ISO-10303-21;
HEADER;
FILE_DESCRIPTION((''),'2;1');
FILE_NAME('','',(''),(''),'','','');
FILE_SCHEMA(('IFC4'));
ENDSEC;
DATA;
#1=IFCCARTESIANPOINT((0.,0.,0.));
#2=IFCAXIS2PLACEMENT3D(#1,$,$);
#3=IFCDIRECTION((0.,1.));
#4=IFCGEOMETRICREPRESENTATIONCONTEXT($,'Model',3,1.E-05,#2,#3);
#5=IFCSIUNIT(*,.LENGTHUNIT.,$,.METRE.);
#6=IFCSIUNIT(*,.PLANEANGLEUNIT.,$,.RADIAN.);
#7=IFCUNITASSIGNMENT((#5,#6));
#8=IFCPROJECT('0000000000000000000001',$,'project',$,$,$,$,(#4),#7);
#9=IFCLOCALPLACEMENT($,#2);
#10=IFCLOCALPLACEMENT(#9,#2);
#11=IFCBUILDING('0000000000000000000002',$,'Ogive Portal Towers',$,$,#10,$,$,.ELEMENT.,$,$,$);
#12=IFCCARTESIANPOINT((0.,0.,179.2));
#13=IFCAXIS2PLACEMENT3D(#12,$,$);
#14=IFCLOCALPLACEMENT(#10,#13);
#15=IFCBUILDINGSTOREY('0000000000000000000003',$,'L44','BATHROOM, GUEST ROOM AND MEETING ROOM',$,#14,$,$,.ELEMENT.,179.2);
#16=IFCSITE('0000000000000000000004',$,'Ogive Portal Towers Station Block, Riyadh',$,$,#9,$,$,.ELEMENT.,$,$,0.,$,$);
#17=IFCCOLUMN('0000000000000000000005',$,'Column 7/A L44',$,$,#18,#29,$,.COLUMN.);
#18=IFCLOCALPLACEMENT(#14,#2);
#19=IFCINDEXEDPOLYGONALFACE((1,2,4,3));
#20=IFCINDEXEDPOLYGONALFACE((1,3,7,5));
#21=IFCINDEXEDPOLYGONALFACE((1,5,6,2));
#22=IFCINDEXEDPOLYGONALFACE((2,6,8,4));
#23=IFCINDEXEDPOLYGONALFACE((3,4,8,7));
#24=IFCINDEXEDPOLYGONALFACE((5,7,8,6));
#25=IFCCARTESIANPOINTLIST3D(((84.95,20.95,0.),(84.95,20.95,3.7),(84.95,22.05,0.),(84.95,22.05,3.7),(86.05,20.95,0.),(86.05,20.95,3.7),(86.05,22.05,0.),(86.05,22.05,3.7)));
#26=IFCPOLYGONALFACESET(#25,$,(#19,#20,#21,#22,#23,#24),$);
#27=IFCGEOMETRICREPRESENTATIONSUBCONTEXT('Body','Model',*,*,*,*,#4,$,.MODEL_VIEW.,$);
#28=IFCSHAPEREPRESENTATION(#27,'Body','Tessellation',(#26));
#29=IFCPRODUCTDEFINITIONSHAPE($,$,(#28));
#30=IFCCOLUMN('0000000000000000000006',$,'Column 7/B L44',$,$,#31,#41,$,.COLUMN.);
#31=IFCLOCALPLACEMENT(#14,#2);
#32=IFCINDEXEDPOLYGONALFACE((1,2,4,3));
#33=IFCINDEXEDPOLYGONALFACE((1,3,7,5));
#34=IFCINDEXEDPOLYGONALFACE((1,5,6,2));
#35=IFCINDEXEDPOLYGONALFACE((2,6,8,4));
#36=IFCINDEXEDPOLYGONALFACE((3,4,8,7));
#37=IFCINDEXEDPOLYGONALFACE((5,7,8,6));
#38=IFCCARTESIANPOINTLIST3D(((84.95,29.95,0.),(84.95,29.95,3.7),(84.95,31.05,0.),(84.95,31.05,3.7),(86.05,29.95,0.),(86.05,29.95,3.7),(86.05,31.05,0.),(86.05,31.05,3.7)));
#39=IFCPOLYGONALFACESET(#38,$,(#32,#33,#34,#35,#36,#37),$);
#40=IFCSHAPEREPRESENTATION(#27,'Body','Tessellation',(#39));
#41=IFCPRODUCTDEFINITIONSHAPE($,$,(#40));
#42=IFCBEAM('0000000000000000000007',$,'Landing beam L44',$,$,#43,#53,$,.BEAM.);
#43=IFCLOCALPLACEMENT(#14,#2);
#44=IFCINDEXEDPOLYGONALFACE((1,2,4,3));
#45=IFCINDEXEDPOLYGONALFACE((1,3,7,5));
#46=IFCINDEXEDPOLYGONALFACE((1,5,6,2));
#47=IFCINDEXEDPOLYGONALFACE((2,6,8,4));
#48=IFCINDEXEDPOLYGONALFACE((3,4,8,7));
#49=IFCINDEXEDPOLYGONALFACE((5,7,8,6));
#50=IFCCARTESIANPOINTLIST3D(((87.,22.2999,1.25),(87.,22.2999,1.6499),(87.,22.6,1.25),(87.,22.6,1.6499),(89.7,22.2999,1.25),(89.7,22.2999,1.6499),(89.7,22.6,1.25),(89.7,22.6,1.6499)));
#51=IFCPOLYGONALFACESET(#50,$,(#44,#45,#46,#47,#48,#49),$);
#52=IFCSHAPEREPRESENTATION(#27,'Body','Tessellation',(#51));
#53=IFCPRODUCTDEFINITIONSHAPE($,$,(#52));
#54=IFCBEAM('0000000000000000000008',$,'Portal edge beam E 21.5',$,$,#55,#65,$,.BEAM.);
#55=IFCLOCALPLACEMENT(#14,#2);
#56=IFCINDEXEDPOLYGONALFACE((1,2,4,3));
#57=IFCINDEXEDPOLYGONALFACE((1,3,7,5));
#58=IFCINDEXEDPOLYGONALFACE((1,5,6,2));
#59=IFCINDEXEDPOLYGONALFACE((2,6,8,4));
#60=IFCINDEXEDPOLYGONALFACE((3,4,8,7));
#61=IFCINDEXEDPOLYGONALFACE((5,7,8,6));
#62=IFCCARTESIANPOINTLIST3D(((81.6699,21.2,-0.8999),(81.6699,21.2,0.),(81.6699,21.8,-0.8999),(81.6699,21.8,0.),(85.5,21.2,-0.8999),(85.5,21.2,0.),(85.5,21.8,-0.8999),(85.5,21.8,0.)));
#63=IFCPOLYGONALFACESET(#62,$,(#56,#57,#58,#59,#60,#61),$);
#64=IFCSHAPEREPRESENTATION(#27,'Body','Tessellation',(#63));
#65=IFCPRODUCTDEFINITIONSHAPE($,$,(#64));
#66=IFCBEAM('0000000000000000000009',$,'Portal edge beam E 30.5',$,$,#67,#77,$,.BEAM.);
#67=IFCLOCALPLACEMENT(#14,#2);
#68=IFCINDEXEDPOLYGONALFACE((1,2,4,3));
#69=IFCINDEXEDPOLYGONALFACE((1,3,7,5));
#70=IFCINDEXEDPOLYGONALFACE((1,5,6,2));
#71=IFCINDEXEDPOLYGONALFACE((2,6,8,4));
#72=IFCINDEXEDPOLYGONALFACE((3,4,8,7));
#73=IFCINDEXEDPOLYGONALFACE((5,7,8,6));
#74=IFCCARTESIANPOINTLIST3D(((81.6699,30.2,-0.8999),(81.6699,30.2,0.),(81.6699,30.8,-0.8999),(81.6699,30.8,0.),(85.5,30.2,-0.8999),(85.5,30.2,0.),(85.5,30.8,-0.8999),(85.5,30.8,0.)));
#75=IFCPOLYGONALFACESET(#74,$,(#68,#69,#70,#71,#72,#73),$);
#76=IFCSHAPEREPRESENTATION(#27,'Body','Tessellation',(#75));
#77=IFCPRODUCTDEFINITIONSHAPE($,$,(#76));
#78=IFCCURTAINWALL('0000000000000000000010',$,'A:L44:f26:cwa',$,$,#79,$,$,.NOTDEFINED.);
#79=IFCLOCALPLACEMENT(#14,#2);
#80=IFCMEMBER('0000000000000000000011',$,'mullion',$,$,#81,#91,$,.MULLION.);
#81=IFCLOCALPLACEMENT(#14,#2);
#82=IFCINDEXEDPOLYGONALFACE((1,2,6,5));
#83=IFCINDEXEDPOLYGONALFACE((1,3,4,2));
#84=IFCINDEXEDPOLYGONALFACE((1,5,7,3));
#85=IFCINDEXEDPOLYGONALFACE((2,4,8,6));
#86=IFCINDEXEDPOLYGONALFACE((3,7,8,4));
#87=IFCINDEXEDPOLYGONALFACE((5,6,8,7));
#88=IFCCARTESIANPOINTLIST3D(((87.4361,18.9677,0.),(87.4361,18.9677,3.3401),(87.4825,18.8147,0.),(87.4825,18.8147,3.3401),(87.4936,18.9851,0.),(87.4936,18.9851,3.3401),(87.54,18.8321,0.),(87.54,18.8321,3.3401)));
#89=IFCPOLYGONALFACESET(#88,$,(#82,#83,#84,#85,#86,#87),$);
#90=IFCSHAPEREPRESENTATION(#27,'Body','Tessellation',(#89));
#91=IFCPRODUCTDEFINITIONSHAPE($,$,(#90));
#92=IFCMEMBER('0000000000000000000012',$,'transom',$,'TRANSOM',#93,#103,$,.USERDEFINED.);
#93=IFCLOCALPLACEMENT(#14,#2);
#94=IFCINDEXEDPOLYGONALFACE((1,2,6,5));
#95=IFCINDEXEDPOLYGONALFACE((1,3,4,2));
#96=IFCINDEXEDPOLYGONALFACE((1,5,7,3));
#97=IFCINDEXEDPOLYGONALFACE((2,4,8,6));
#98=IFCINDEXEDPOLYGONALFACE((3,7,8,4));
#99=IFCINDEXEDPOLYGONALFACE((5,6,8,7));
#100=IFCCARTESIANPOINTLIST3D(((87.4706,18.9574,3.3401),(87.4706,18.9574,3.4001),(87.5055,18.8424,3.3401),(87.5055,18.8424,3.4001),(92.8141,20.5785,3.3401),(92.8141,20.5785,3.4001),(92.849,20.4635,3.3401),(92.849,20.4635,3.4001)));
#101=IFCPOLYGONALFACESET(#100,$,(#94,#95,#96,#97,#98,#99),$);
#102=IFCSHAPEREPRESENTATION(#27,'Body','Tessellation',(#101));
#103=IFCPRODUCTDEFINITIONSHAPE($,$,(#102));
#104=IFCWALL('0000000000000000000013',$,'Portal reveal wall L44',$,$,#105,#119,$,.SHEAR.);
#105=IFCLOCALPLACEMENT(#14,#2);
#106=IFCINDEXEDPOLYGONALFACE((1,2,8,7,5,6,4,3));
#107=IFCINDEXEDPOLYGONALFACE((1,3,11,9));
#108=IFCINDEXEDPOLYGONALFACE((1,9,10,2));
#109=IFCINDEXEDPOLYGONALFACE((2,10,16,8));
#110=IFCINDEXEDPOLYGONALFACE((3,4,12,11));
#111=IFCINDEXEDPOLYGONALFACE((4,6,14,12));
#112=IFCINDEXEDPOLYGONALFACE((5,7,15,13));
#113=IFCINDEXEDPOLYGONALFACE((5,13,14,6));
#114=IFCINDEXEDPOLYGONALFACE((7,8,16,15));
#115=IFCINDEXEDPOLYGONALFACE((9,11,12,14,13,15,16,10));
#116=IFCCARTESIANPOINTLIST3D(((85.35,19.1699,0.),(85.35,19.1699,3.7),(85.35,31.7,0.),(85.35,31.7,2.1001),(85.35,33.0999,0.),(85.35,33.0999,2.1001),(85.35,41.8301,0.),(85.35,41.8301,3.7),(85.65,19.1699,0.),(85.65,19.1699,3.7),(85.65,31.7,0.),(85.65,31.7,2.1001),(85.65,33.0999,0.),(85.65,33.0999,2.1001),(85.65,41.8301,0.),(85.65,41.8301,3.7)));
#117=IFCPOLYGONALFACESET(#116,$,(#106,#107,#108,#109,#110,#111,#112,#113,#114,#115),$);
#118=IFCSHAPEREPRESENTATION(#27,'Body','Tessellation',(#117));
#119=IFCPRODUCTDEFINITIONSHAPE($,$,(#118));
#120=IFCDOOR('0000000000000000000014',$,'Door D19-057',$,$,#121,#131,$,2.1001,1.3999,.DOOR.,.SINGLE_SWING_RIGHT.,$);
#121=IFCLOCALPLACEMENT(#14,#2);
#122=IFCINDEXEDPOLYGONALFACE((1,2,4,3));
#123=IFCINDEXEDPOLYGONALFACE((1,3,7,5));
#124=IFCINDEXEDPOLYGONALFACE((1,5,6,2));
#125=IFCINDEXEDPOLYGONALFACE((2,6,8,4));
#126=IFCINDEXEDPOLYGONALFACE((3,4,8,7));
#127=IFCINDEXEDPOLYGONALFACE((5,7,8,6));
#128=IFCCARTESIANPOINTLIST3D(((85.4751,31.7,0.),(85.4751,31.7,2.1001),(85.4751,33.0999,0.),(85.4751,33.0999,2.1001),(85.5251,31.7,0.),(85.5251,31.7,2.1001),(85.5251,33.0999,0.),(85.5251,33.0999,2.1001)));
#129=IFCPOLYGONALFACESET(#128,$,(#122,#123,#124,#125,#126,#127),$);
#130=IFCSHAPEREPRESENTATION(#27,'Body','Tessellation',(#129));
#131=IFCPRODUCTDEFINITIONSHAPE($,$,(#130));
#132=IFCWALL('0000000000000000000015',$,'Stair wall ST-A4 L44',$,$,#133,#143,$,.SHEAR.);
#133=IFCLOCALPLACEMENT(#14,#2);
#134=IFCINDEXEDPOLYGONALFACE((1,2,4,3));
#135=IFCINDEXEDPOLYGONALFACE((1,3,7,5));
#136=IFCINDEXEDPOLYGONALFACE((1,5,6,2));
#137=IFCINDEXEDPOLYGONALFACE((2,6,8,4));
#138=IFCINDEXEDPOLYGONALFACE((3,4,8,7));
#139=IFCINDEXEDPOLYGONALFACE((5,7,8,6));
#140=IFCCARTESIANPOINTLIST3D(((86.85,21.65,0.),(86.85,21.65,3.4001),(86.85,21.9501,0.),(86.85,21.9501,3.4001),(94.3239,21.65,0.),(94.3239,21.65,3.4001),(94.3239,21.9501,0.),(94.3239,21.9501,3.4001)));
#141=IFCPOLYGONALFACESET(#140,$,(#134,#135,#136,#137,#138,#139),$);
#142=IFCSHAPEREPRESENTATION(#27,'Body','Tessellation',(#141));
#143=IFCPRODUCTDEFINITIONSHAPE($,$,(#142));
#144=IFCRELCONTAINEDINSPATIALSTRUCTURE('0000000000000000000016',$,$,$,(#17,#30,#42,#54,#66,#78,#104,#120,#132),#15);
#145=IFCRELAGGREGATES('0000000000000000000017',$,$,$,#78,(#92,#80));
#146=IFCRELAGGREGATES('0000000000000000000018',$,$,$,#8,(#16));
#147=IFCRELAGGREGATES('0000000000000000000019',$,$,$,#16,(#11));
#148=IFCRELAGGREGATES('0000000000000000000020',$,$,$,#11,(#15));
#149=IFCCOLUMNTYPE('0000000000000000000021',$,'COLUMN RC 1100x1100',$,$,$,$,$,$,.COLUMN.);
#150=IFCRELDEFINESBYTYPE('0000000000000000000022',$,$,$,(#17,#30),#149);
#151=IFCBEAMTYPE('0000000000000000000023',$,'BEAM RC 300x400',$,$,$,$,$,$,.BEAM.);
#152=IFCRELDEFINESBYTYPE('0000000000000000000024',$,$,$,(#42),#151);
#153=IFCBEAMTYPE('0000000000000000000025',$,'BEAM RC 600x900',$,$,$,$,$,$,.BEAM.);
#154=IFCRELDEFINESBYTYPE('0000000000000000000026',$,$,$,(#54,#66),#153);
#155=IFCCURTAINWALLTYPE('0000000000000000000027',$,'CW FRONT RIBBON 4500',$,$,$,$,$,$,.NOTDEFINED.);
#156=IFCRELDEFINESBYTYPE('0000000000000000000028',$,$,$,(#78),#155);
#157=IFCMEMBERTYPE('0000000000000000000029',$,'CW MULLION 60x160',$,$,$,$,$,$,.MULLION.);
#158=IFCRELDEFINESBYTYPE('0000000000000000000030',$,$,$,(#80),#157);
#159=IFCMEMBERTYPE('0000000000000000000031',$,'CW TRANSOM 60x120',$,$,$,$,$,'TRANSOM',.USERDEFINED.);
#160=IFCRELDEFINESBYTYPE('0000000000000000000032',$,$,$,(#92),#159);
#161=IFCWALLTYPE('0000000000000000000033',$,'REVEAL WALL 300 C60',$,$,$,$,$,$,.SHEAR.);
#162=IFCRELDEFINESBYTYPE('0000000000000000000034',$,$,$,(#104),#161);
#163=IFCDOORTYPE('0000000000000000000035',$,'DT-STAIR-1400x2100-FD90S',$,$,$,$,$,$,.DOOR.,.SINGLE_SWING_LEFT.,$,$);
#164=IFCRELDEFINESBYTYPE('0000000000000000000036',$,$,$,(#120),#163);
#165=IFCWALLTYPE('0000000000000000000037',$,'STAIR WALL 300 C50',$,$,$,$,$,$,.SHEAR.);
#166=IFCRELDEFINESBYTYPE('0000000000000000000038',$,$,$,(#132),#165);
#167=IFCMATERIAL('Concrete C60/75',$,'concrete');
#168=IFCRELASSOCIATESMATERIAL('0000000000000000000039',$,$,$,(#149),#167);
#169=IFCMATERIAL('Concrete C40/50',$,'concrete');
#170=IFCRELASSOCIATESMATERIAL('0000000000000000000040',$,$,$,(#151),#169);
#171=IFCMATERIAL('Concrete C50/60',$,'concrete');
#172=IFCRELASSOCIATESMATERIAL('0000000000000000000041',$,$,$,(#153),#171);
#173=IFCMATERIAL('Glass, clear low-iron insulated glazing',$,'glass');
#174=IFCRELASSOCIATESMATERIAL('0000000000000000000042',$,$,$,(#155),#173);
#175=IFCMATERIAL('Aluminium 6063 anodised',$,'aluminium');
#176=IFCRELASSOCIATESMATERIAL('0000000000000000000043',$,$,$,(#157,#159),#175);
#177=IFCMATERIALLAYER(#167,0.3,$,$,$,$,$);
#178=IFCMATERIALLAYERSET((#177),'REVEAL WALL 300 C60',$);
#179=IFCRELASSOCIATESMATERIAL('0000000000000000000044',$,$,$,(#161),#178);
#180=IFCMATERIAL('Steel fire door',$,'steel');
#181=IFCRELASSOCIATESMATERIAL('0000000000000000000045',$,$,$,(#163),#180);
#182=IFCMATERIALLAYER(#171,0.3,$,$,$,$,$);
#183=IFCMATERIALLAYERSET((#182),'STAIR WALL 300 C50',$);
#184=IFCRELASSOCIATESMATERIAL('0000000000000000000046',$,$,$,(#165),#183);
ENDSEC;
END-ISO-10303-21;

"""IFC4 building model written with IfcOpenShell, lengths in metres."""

from ifc_helpers import new_model, si_unit, direction, frame, frame_2d, origin, origin_2d, place, context, subcontext, project, spatial, rectangle, extrude, material, layer, layer_set, material_profile, profile_set, type_object, element, fill, aggregate, save


model = new_model("IFC4")

# Units and contexts
model_context = context("Model", 3, precision=1e-05, world=origin(), true_north=direction((0.0, 1.0)))
body_context = subcontext(model_context, "Body", "Model", "MODEL_VIEW")
ifc_project = project(units=[si_unit("LENGTHUNIT", "METRE"), si_unit("PLANEANGLEUNIT", "RADIAN")], contexts=[model_context])

# Site, building, storey
site_placement = place(None, origin())
site = spatial("IfcSite", under=ifc_project, at=site_placement, Name="Ogive Portal Towers Station Block, Riyadh", CompositionType="ELEMENT", RefElevation=0.0)
building_placement = place(site_placement, origin())
building = spatial("IfcBuilding", under=site, at=building_placement, Name="Ogive Portal Towers", CompositionType="ELEMENT")
storey_placement = place(building_placement, frame((0.0, 0.0, 179.2)))
storey = spatial("IfcBuildingStorey", under=building, at=storey_placement, Name="L44", Description="BATHROOM, GUEST ROOM AND MEETING ROOM", CompositionType="ELEMENT", Elevation=179.2)

# Columns
ifc_material_1 = material(Name="Concrete C60/75", Category="concrete")
ifc_material_profile_1 = material_profile(ifc_material_1, rectangle(XDim=1.1001, YDim=1.1001, at=origin_2d()), Name="RC 1100x1100")
ifc_profile_set_1 = profile_set([ifc_material_profile_1], Name="Concrete C60/75")
column_type = type_object("IfcColumnType", Name="COLUMN RC 1100x1100", PredefinedType="COLUMN", material=ifc_profile_set_1)
for number, where, z_axis, x_axis, name in (
    (1, (85.5, 21.5, 0.0), (0.0, 0.0, 1.0), (1.0, 0.0, 0.0), "Column 7/A L44"),
    (2, (85.5, 30.5, 0.0), (0.0, 0.0, 1.0), (1.0, 0.0, 0.0), "Column 7/B L44"),
):
    element("IfcColumn", number, at=place(storey_placement, frame(where, z_axis=z_axis, x_axis=x_axis)), inside=storey, type_object=column_type, Name=name, PredefinedType="COLUMN", context=body_context, shape_type="SweptSolid", body=[
        extrude(rectangle(XDim=1.1001, YDim=1.1001, at=origin_2d()), origin(), (0.0, 0.0, 1.0), 3.7),
    ])

# Beams
ifc_material_2 = material(Name="Concrete C40/50", Category="concrete")
ifc_material_profile_2 = material_profile(ifc_material_2, rectangle(XDim=0.3, YDim=0.3999, at=origin_2d()), Name="RC 300x400")
ifc_profile_set_2 = profile_set([ifc_material_profile_2], Name="Concrete C40/50")
beam_type_1 = type_object("IfcBeamType", Name="BEAM RC 300x400", PredefinedType="BEAM", material=ifc_profile_set_2)
beam_placement = place(storey_placement, frame((87.0, 22.45, 1.45), z_axis=(1.0, 0.0, 0.0), x_axis=(0.0, 1.0, 0.0)))
element("IfcBeam", 3, at=beam_placement, inside=storey, type_object=beam_type_1, Name="Landing beam L44", PredefinedType="BEAM", context=body_context, shape_type="SweptSolid", body=[
    extrude(rectangle(XDim=0.3, YDim=0.3999, at=origin_2d()), origin(), (0.0, 0.0, 1.0), 2.7),
])
ifc_material_3 = material(Name="Concrete C50/60", Category="concrete")
ifc_material_profile_3 = material_profile(ifc_material_3, rectangle(XDim=0.6001, YDim=0.8999, at=origin_2d()), Name="RC 600x900")
ifc_profile_set_3 = profile_set([ifc_material_profile_3], Name="Concrete C50/60")
beam_type_2 = type_object("IfcBeamType", Name="BEAM RC 600x900", PredefinedType="BEAM", material=ifc_profile_set_3)
for number, where, z_axis, x_axis, name in (
    (4, (85.5, 21.5, -0.45), (-1.0, 0.0, 0.0), (0.0, -1.0, 0.0), "Portal edge beam E 21.5"),
    (5, (85.5, 30.5, -0.45), (-1.0, 0.0, 0.0), (0.0, -1.0, 0.0), "Portal edge beam E 30.5"),
):
    element("IfcBeam", number, at=place(storey_placement, frame(where, z_axis=z_axis, x_axis=x_axis)), inside=storey, type_object=beam_type_2, Name=name, PredefinedType="BEAM", context=body_context, shape_type="SweptSolid", body=[
        extrude(rectangle(XDim=0.6001, YDim=0.8999, at=origin_2d()), origin(), (0.0, 0.0, 1.0), 3.8301),
    ])

# Curtain wall, members
ifc_material_4 = material(Name="Glass, clear low-iron insulated glazing", Category="glass")
curtain_wall_type = type_object("IfcCurtainWallType", Name="CW FRONT RIBBON 4500", PredefinedType="NOTDEFINED", material=ifc_material_4)
curtain_wall_placement = place(storey_placement, origin())
curtain_wall = element("IfcCurtainWall", 6, at=curtain_wall_placement, inside=storey, type_object=curtain_wall_type, Name="A:L44:f26:cwa", PredefinedType="NOTDEFINED")
ifc_material_5 = material(Name="Aluminium 6063 anodised", Category="aluminium")
ifc_material_profile_4 = material_profile(ifc_material_5, rectangle(XDim=0.1599, YDim=0.0601, at=origin_2d()), Name="AL 60x160")
ifc_profile_set_4 = profile_set([ifc_material_profile_4], Name="Aluminium 6063 anodised")
member_type_1 = type_object("IfcMemberType", Name="CW MULLION 60x160", PredefinedType="MULLION", material=ifc_profile_set_4)
member_1_placement = place(storey_placement, frame((87.488, 18.8999, 0.0), z_axis=(0.0, 0.0, 1.0), x_axis=(-0.290285, 0.95694, 0.0)))
member_1 = element("IfcMember", 7, at=member_1_placement, type_object=member_type_1, Name="mullion", PredefinedType="MULLION", context=body_context, shape_type="SweptSolid", body=[
    extrude(rectangle(XDim=0.1599, YDim=0.0601, at=origin_2d()), origin(), (0.0, 0.0, 1.0), 3.3401),
])
ifc_material_profile_5 = material_profile(ifc_material_5, rectangle(XDim=0.1201, YDim=0.0601, at=origin_2d()), Name="AL 120x60")
ifc_profile_set_5 = profile_set([ifc_material_profile_5], Name="Aluminium 6063 anodised")
member_type_2 = type_object("IfcMemberType", Name="CW TRANSOM 60x120", ElementType="TRANSOM", PredefinedType="USERDEFINED", material=ifc_profile_set_5)
member_2_placement = place(storey_placement, frame((87.488, 18.8999, 3.3701), z_axis=(0.956932, 0.290311, 0.0), x_axis=(-0.290311, 0.956932, 0.0)))
member_2 = element("IfcMember", 8, at=member_2_placement, type_object=member_type_2, Name="transom", ObjectType="TRANSOM", PredefinedType="USERDEFINED", context=body_context, shape_type="SweptSolid", body=[
    extrude(rectangle(XDim=0.1201, YDim=0.0601, at=origin_2d()), origin(), (0.0, 0.0, 1.0), 5.584),
])
aggregate(curtain_wall, [member_2, member_1])

# Wall, opening, door
ifc_layer_1 = layer(ifc_material_1, 0.3)
ifc_layer_set_1 = layer_set([ifc_layer_1], Name="REVEAL WALL 300 C60")
wall_type_1 = type_object("IfcWallType", Name="REVEAL WALL 300 C60", PredefinedType="SHEAR", material=ifc_layer_set_1)
wall_1_placement = place(storey_placement, frame((85.5, 19.1699, 0.0), z_axis=(0.0, 0.0, 1.0), x_axis=(0.0, 1.0, 0.0)))
wall_1 = element("IfcWall", 9, at=wall_1_placement, inside=storey, type_object=wall_type_1, Name="Portal reveal wall L44", PredefinedType="SHEAR", context=body_context, shape_type="SweptSolid", body=[
    extrude(rectangle(XDim=22.6602, YDim=0.3, at=frame_2d((11.3301, 0.0))), origin(), (0.0, 0.0, 1.0), 3.7),
])
opening_1_placement = place(wall_1_placement, frame((12.53, 0.0, 0.0)))
opening_1 = element("IfcOpeningElement", 10, at=opening_1_placement, cuts=wall_1, PredefinedType="OPENING", context=body_context, shape_type="SweptSolid", body=[
    extrude(rectangle(XDim=1.3999, YDim=2.1001, at=frame_2d((0.7, 1.05))), frame((0.0, 0.1602, 0.0), z_axis=(0.0, -1.0, 0.0), x_axis=(1.0, 0.0, 0.0)), (0.0, 0.0, 1.0), 0.3201),
])
ifc_material_6 = material(Name="Steel fire door", Category="steel")
door_type_1 = type_object("IfcDoorType", Name="DT-STAIR-1400x2100-FD90S", OperationType="SINGLE_SWING_LEFT", PredefinedType="DOOR", material=ifc_material_6)
door_1_placement = place(opening_1_placement, origin())
door_1 = element("IfcDoor", 11, at=door_1_placement, inside=storey, type_object=door_type_1, Name="Door D19-057", OperationType="SINGLE_SWING_RIGHT", OverallHeight=2.1001, OverallWidth=1.3999, PredefinedType="DOOR", context=body_context, shape_type="SweptSolid", body=[
    extrude(rectangle(XDim=1.3999, YDim=2.1001, at=frame_2d((0.7, 1.05))), frame((0.0, 0.0249, 0.0), z_axis=(0.0, -1.0, 0.0), x_axis=(1.0, 0.0, 0.0)), (0.0, 0.0, 1.0), 0.05),
])
fill(opening_1, door_1)

# Wall
ifc_layer_2 = layer(ifc_material_3, 0.3)
ifc_layer_set_2 = layer_set([ifc_layer_2], Name="STAIR WALL 300 C50")
wall_type_2 = type_object("IfcWallType", Name="STAIR WALL 300 C50", PredefinedType="SHEAR", material=ifc_layer_set_2)
wall_2_placement = place(storey_placement, frame((86.8501, 21.8, 0.0), z_axis=(0.0, 0.0, 1.0), x_axis=(1.0, 0.0, 0.0)))
element("IfcWall", 12, at=wall_2_placement, inside=storey, type_object=wall_type_2, Name="Stair wall ST-A4 L44", PredefinedType="SHEAR", context=body_context, shape_type="SweptSolid", body=[
    extrude(rectangle(XDim=7.4739, YDim=0.3, at=frame_2d((3.7368, 0.0))), origin(), (0.0, 0.0, 1.0), 3.4001),
])

save(model, "model.ifc")
